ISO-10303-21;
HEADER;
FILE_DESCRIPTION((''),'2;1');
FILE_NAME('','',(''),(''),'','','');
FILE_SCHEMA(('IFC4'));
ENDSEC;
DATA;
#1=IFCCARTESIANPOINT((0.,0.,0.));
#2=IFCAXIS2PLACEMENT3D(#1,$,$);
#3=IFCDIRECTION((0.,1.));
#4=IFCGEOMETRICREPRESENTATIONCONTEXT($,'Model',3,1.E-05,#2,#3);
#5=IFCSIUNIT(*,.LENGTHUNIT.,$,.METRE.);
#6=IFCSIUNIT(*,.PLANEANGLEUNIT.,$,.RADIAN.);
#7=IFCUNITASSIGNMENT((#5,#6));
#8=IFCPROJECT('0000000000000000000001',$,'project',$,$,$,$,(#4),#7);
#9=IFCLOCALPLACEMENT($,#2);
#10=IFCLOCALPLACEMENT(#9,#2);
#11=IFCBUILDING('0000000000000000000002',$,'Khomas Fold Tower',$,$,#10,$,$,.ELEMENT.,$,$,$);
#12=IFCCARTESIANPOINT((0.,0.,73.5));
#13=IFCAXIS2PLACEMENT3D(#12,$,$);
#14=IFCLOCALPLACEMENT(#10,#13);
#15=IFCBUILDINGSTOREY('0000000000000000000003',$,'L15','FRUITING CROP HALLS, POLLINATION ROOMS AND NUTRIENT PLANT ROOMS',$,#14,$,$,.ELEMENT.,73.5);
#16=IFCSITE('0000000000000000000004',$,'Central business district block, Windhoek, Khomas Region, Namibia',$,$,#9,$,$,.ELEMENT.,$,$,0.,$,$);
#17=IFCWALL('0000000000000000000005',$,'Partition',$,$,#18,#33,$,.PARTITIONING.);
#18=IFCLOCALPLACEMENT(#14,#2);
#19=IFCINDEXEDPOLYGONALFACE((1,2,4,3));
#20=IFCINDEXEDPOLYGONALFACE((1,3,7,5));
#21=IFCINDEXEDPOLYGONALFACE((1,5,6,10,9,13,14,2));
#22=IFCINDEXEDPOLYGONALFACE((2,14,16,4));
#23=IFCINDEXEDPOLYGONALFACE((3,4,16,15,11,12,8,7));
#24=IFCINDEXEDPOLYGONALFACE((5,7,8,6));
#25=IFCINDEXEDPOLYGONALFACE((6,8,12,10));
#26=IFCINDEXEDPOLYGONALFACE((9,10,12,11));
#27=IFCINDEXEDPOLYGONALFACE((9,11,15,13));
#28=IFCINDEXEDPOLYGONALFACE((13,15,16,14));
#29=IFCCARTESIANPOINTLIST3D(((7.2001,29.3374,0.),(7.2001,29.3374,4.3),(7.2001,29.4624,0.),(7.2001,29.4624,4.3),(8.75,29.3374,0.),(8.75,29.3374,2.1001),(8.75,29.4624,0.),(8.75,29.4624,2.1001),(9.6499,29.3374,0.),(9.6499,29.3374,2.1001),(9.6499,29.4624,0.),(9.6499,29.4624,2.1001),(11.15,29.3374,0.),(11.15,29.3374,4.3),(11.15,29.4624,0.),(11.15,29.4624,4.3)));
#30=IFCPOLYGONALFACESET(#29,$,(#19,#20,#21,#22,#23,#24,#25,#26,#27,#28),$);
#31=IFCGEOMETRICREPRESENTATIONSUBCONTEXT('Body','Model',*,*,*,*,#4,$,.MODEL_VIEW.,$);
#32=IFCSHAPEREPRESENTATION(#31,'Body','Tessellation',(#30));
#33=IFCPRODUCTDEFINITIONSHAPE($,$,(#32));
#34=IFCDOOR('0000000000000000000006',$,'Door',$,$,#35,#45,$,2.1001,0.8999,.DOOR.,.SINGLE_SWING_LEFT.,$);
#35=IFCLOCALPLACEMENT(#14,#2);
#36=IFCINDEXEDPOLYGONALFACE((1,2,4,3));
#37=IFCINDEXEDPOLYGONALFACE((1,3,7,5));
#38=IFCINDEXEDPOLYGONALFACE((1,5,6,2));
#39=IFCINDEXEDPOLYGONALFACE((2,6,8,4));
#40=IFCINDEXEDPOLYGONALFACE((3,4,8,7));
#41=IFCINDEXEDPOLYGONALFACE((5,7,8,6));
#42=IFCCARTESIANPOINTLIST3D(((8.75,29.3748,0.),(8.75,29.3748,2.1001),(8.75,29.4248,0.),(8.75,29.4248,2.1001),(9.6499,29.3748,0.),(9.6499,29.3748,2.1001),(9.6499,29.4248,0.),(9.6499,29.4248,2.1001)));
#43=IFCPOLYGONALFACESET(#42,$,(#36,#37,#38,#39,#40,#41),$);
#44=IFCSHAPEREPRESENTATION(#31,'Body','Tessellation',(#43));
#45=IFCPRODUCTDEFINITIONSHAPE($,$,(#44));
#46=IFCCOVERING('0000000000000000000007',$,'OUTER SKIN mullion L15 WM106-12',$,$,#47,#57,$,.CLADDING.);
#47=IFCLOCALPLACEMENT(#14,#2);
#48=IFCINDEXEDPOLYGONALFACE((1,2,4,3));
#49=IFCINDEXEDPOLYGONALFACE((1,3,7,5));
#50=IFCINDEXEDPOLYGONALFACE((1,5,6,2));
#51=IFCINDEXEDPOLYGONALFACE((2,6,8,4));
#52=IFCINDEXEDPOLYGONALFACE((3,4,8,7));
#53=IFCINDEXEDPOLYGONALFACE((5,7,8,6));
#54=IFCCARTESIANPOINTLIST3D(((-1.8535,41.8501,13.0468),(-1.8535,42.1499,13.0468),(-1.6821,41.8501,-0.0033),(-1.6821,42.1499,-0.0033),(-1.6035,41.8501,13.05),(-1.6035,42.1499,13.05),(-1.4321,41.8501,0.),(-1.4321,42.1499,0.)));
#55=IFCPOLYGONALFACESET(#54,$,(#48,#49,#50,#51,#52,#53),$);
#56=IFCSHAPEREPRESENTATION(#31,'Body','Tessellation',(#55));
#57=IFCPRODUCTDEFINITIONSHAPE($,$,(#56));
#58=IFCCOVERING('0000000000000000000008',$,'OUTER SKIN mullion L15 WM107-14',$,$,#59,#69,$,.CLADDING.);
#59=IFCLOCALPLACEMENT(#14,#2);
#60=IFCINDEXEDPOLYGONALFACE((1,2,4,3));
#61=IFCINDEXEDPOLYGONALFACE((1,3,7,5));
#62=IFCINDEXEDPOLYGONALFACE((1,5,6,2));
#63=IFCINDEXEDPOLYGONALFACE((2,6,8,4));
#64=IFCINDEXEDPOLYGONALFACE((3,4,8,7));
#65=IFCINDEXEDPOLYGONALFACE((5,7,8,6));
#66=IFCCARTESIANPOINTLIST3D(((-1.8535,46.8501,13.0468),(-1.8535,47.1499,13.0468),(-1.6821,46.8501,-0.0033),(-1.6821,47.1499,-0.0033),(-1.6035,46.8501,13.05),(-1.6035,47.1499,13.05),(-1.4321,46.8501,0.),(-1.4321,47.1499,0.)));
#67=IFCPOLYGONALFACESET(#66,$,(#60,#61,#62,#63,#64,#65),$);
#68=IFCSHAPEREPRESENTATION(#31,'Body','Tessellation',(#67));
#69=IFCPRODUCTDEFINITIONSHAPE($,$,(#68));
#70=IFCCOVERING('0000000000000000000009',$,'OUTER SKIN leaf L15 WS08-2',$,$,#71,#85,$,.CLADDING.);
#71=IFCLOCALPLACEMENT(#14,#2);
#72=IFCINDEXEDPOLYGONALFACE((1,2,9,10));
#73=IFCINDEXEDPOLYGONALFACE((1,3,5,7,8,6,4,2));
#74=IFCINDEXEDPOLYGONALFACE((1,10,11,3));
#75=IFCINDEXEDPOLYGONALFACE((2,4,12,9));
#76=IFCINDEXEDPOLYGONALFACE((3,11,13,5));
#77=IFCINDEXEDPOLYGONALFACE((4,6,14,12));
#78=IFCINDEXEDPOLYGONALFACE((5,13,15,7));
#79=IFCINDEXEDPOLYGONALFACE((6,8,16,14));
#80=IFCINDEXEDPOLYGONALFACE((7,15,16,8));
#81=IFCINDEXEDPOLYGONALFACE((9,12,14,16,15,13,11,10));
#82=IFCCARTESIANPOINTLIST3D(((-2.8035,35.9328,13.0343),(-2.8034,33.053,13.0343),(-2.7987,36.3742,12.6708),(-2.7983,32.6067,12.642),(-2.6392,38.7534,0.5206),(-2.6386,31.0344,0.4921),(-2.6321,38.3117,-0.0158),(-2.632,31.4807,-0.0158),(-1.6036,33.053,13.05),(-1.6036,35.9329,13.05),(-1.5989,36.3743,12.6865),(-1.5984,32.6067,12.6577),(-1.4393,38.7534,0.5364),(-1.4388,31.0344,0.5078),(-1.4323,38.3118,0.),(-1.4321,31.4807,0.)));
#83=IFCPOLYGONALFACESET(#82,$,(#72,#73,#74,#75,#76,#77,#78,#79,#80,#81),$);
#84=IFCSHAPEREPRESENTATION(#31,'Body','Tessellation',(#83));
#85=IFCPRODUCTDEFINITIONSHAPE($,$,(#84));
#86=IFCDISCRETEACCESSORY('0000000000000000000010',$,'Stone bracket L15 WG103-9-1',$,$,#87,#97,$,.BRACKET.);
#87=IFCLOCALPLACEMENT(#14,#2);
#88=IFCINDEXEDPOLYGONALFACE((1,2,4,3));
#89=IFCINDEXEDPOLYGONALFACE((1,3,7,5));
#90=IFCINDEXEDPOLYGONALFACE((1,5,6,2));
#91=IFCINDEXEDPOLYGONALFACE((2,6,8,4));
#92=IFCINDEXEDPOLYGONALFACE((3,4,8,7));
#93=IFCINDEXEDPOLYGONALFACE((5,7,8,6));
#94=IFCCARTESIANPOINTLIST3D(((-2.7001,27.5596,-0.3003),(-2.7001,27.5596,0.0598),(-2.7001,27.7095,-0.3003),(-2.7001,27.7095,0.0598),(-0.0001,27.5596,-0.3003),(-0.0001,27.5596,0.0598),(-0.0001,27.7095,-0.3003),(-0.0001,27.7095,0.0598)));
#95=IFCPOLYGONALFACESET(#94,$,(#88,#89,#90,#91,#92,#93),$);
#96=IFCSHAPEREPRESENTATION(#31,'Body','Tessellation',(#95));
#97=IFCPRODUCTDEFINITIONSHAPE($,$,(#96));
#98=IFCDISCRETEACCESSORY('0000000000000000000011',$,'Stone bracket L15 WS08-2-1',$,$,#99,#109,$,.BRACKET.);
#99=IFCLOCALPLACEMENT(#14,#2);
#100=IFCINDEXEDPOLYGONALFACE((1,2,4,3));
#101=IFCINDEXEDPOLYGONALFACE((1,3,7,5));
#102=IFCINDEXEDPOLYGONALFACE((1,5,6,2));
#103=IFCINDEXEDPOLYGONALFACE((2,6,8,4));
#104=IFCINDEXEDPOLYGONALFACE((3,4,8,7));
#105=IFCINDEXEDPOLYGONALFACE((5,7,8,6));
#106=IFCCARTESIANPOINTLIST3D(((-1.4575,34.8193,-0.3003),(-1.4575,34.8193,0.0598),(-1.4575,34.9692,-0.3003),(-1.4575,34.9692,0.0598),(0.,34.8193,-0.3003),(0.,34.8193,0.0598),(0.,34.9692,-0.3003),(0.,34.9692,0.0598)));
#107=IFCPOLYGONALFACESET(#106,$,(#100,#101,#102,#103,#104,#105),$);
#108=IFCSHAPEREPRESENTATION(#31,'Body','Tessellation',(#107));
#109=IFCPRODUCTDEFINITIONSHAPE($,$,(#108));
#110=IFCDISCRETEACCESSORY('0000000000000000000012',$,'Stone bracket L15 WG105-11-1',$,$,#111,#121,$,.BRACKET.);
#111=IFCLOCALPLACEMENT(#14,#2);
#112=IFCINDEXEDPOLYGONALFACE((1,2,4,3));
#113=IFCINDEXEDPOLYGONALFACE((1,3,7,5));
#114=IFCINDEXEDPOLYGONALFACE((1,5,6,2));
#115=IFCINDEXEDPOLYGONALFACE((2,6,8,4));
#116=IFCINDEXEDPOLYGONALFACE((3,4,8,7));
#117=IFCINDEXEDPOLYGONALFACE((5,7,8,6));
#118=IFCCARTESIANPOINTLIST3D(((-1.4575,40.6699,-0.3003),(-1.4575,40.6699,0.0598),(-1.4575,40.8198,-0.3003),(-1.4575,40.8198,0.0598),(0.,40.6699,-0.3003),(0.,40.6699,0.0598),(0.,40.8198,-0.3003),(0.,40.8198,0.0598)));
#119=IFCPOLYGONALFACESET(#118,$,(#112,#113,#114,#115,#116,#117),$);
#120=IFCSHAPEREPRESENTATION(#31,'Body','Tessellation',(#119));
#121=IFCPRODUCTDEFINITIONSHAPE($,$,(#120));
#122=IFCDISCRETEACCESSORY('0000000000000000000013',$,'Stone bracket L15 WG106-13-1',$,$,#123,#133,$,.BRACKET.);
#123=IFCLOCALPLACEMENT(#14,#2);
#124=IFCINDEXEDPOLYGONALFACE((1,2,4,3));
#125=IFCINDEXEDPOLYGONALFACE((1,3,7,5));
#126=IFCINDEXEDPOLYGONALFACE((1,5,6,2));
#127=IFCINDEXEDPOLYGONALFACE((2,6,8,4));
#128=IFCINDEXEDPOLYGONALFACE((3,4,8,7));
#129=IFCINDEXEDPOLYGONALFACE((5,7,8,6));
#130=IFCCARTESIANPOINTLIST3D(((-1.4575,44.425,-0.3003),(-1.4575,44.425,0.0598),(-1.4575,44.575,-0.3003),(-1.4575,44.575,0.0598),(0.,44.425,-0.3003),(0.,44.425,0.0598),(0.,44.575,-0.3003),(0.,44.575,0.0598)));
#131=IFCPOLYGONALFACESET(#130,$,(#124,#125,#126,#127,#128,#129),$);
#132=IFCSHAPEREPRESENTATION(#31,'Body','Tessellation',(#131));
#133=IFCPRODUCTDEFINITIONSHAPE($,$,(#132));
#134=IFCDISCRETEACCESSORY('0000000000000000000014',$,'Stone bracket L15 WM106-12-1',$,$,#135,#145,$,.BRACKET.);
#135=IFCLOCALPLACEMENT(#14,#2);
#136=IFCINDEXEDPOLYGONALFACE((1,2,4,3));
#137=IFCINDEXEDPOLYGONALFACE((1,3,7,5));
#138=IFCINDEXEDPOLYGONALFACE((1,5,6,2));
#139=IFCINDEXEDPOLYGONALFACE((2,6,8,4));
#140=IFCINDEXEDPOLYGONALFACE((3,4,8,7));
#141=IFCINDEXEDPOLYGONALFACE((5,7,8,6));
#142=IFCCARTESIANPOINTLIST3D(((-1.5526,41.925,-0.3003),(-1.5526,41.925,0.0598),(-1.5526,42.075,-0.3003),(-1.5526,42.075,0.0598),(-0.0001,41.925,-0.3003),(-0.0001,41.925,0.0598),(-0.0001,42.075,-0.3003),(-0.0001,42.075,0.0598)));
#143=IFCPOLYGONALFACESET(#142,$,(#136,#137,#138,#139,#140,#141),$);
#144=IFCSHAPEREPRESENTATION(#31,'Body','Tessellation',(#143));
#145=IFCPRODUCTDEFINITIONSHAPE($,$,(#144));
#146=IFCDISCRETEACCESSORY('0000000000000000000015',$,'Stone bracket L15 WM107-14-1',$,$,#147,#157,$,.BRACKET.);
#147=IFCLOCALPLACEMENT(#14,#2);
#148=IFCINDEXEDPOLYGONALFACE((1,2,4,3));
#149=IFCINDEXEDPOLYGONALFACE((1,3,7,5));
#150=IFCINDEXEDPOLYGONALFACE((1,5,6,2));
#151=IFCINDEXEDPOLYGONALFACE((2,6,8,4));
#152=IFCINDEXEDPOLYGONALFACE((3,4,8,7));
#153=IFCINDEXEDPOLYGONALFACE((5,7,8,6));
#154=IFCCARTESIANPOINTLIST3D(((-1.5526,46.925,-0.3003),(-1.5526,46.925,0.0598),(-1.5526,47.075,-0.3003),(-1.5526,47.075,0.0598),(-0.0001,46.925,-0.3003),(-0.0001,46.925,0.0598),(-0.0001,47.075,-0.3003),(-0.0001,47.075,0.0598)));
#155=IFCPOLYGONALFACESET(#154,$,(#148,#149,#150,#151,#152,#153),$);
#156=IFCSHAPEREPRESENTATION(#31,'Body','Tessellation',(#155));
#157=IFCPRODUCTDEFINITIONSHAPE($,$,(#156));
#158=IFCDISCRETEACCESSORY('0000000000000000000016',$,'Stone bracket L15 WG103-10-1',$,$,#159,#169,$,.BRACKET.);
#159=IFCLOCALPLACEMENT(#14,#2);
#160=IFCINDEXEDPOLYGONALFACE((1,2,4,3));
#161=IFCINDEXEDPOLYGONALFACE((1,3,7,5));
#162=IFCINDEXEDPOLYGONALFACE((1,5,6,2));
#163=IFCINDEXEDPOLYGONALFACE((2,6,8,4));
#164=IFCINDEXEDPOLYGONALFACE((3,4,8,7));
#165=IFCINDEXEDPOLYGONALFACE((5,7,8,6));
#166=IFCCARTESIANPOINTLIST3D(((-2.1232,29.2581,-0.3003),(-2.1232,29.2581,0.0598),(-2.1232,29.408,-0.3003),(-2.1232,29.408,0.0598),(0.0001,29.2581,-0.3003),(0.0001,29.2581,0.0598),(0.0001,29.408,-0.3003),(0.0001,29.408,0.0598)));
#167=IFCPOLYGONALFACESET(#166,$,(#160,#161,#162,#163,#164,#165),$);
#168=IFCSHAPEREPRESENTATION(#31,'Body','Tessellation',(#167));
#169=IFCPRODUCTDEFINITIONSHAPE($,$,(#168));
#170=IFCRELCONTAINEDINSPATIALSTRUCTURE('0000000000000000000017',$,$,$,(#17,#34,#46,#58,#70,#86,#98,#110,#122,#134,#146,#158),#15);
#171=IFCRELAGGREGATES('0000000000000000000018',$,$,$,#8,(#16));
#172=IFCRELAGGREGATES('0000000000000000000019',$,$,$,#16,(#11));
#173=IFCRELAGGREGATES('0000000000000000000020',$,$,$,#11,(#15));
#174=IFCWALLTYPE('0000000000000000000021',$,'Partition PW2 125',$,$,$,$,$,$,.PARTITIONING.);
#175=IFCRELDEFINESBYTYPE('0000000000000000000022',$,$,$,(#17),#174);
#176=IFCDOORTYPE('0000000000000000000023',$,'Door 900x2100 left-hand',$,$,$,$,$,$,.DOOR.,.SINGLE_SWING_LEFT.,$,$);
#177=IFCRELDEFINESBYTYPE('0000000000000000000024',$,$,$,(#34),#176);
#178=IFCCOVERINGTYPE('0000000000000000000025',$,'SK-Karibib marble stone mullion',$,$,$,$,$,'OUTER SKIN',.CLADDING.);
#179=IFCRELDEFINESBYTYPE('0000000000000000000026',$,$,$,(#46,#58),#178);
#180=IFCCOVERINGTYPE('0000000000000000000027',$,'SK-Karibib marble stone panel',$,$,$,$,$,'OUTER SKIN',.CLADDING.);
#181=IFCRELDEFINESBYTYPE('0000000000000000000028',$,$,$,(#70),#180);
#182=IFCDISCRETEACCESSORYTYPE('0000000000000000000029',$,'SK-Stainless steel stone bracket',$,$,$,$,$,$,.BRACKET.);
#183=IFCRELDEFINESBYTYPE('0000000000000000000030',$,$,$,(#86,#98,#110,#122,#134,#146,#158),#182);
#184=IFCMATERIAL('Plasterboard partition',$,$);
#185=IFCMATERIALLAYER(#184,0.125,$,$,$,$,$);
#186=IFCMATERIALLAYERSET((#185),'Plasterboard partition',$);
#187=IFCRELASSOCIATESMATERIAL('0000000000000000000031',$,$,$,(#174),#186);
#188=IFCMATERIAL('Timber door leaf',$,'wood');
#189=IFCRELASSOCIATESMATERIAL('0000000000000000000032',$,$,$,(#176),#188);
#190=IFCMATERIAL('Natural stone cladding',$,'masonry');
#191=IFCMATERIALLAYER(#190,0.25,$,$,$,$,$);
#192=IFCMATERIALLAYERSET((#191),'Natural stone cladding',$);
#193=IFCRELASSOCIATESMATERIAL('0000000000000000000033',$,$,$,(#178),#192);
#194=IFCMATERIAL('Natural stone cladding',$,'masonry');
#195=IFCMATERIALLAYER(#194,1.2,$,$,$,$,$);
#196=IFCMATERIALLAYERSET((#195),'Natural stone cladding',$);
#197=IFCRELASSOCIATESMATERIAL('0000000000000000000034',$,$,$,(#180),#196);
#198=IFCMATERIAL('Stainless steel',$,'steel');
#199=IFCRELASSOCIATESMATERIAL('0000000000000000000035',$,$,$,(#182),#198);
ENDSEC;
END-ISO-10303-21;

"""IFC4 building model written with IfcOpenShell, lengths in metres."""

from ifc_helpers import new_model, si_unit, direction, frame, frame_2d, origin, origin_2d, place, context, subcontext, project, spatial, polyline, rectangle, outline, extrude, source, transform, mapped, material, layer, layer_set, type_object, element, fill, save


model = new_model("IFC4")

# Units and contexts
model_context = context("Model", 3, precision=1e-05, world=origin(), true_north=direction((0.0, 1.0)))
body_context = subcontext(model_context, "Body", "Model", "MODEL_VIEW")
ifc_project = project(units=[si_unit("LENGTHUNIT", "METRE"), si_unit("PLANEANGLEUNIT", "RADIAN")], contexts=[model_context])

# Site, building, storey
site_placement = place(None, origin())
site = spatial("IfcSite", under=ifc_project, at=site_placement, Name="Central business district block, Windhoek, Khomas Region, Namibia", CompositionType="ELEMENT", RefElevation=0.0)
building_placement = place(site_placement, origin())
building = spatial("IfcBuilding", under=site, at=building_placement, Name="Khomas Fold Tower", CompositionType="ELEMENT")
storey_placement = place(building_placement, frame((0.0, 0.0, 73.5)))
storey = spatial("IfcBuildingStorey", under=building, at=storey_placement, Name="L15", Description="FRUITING CROP HALLS, POLLINATION ROOMS AND NUTRIENT PLANT ROOMS", CompositionType="ELEMENT", Elevation=73.5)

# Shared definitions
ifc_material_1 = material(Name="Plasterboard partition")
ifc_layer_1 = layer(ifc_material_1, 0.125)
ifc_layer_set_1 = layer_set([ifc_layer_1], Name="Plasterboard partition")
wall_type_1 = type_object("IfcWallType", Name="Partition PW2 125", PredefinedType="PARTITIONING", material=ifc_layer_set_1)

# Wall, opening, door
shared_shape_1 = source(origin(), body_context, "Body", "SweptSolid", [
    extrude(rectangle(XDim=0.8999, YDim=2.1001, at=frame_2d((0.45, 1.05))), frame((0.0, 0.0725, 0.0), z_axis=(0.0, -1.0, 0.0), x_axis=(1.0, 0.0, 0.0)), (0.0, 0.0, 1.0), 0.145),
])
shared_shape_2 = source(origin(), body_context, "Body", "SweptSolid", [
    extrude(rectangle(XDim=0.8999, YDim=2.1001, at=frame_2d((0.45, 1.05))), frame((0.0, 0.0249, 0.0), z_axis=(0.0, -1.0, 0.0), x_axis=(1.0, 0.0, 0.0)), (0.0, 0.0, 1.0), 0.05),
])
shared_shape_3 = source(origin(), body_context, "Body", "SweptSolid", [
    extrude(rectangle(XDim=3.95, YDim=0.125, at=frame_2d((1.9751, 0.0))), origin(), (0.0, 0.0, 1.0), 4.3),
])
wall_1_placement = place(storey_placement, frame((7.2, 29.3999, 0.0), z_axis=(0.0, 0.0, 1.0), x_axis=(1.0, 0.0, 0.0)))
wall_1 = element("IfcWall", 1, at=wall_1_placement, inside=storey, type_object=wall_type_1, Name="Partition", PredefinedType="PARTITIONING", context=body_context, shape_type="MappedRepresentation", body=[
    mapped(shared_shape_3, transform((0.0, 0.0, 0.0))),
])
opening_1_placement = place(wall_1_placement, frame((1.55, 0.0, 0.0)))
opening_1 = element("IfcOpeningElement", 2, at=opening_1_placement, cuts=wall_1, PredefinedType="OPENING", context=body_context, shape_type="MappedRepresentation", body=[
    mapped(shared_shape_1, transform((0.0, 0.0, 0.0))),
])
ifc_material_2 = material(Name="Timber door leaf", Category="wood")
door_type_1 = type_object("IfcDoorType", Name="Door 900x2100 left-hand", OperationType="SINGLE_SWING_LEFT", PredefinedType="DOOR", material=ifc_material_2)
door_1_placement = place(opening_1_placement, origin())
door_1 = element("IfcDoor", 3, at=door_1_placement, inside=storey, type_object=door_type_1, Name="Door", OperationType="SINGLE_SWING_LEFT", OverallHeight=2.1001, OverallWidth=0.8999, PredefinedType="DOOR", context=body_context, shape_type="MappedRepresentation", body=[
    mapped(shared_shape_2, transform((0.0, 0.0, 0.0))),
])
fill(opening_1, door_1)

# Coverings
ifc_material_3 = material(Name="Natural stone cladding", Category="masonry")
ifc_layer_2 = layer(ifc_material_3, 0.25)
ifc_layer_set_2 = layer_set([ifc_layer_2], Name="Natural stone cladding")
covering_type_1 = type_object("IfcCoveringType", Name="SK-Karibib marble stone mullion", ElementType="OUTER SKIN", PredefinedType="CLADDING", material=ifc_layer_set_2)
for number, where, z_axis, x_axis, name in (
    (4, (-1.4321, 41.8501, 0.0), (0.999914, 0.0, 0.013132), (-0.013132, 0.0, 0.999914), "OUTER SKIN mullion L15 WM106-12"),
    (5, (-1.4321, 46.8501, 0.0), (0.999914, 0.0, 0.013132), (-0.013132, 0.0, 0.999914), "OUTER SKIN mullion L15 WM107-14"),
):
    element("IfcCovering", number, at=place(storey_placement, frame(where, z_axis=z_axis, x_axis=x_axis)), inside=storey, type_object=covering_type_1, Name=name, PredefinedType="CLADDING", context=body_context, shape_type="SweptSolid", body=[
        extrude(outline(polyline([(0.0, 0.0), (13.0512, 0.0), (13.0512, -0.2998), (0.0, -0.2998), (0.0, 0.0)])), origin(), (0.0, 0.0, -1.0), 0.25),
    ])
ifc_material_4 = material(Name="Natural stone cladding", Category="masonry")
ifc_layer_3 = layer(ifc_material_4, 1.2)
ifc_layer_set_3 = layer_set([ifc_layer_3], Name="Natural stone cladding")
covering_type_2 = type_object("IfcCoveringType", Name="SK-Karibib marble stone panel", ElementType="OUTER SKIN", PredefinedType="CLADDING", material=ifc_layer_set_3)
covering_placement = place(storey_placement, frame((-1.5989, 36.3743, 12.6865), z_axis=(0.999914, 0.000019, 0.013135), x_axis=(0.012886, 0.192147, -0.981282)))
element("IfcCovering", 6, at=covering_placement, inside=storey, type_object=covering_type_2, Name="OUTER SKIN leaf L15 WS08-2", PredefinedType="CLADDING", context=body_context, shape_type="SweptSolid", body=[
    extrude(outline(polyline([(0.0, 0.0), (12.3819, 0.0), (12.8235, -0.5365), (11.5109, -7.2403), (10.9268, -7.5806), (-0.6957, -3.7029), (-0.995, -3.1895), (-0.4416, -0.3633), (0.0, 0.0)])), origin(), (0.0, 0.0, -1.0), 1.2),
])

# Discrete accessories
ifc_material_5 = material(Name="Stainless steel", Category="steel")
discrete_accessory_type = type_object("IfcDiscreteAccessoryType", Name="SK-Stainless steel stone bracket", PredefinedType="BRACKET", material=ifc_material_5)
shared_shape_4 = source(origin(), body_context, "Body", "SweptSolid", [
    extrude(rectangle(XDim=2.7, YDim=0.1499, at=origin_2d()), origin(), (0.0, 0.0, 1.0), 0.3601),
])
discrete_accessory_1_placement = place(storey_placement, frame((-1.3501, 27.6345, -0.3003), z_axis=(0.0, 0.0, 1.0), x_axis=(-1.0, 0.0, 0.0)))
element("IfcDiscreteAccessory", 7, at=discrete_accessory_1_placement, inside=storey, type_object=discrete_accessory_type, Name="Stone bracket L15 WG103-9-1", PredefinedType="BRACKET", context=body_context, shape_type="MappedRepresentation", body=[
    mapped(shared_shape_4, transform((0.0, 0.0, 0.0))),
])
shared_shape_5 = source(origin(), body_context, "Body", "SweptSolid", [
    extrude(rectangle(XDim=1.4575, YDim=0.1499, at=origin_2d()), origin(), (0.0, 0.0, 1.0), 0.3601),
])
for number, where, z_axis, x_axis, name in (
    (8, (-0.7288, 34.8943, -0.3003), (0.0, 0.0, 1.0), (-1.0, 0.0, 0.0), "Stone bracket L15 WS08-2-1"),
    (9, (-0.7288, 40.7449, -0.3003), (0.0, 0.0, 1.0), (-1.0, 0.0, 0.0), "Stone bracket L15 WG105-11-1"),
    (10, (-0.7288, 44.5, -0.3003), (0.0, 0.0, 1.0), (-1.0, 0.0, 0.0), "Stone bracket L15 WG106-13-1"),
):
    element("IfcDiscreteAccessory", number, at=place(storey_placement, frame(where, z_axis=z_axis, x_axis=x_axis)), inside=storey, type_object=discrete_accessory_type, Name=name, PredefinedType="BRACKET", context=body_context, shape_type="MappedRepresentation", body=[
        mapped(shared_shape_5, transform((0.0, 0.0, 0.0))),
    ])
shared_shape_6 = source(origin(), body_context, "Body", "SweptSolid", [
    extrude(rectangle(XDim=1.5525, YDim=0.1499, at=origin_2d()), origin(), (0.0, 0.0, 1.0), 0.3601),
])
for number, where, z_axis, x_axis, name in (
    (11, (-0.7764, 42.0, -0.3003), (0.0, 0.0, 1.0), (-1.0, 0.0, 0.0), "Stone bracket L15 WM106-12-1"),
    (12, (-0.7764, 47.0, -0.3003), (0.0, 0.0, 1.0), (-1.0, 0.0, 0.0), "Stone bracket L15 WM107-14-1"),
):
    element("IfcDiscreteAccessory", number, at=place(storey_placement, frame(where, z_axis=z_axis, x_axis=x_axis)), inside=storey, type_object=discrete_accessory_type, Name=name, PredefinedType="BRACKET", context=body_context, shape_type="MappedRepresentation", body=[
        mapped(shared_shape_6, transform((0.0, 0.0, 0.0))),
    ])
shared_shape_7 = source(origin(), body_context, "Body", "SweptSolid", [
    extrude(rectangle(XDim=2.1233, YDim=0.1499, at=origin_2d()), origin(), (0.0, 0.0, 1.0), 0.3601),
])
discrete_accessory_2_placement = place(storey_placement, frame((-1.0615, 29.333, -0.3003), z_axis=(0.0, 0.0, 1.0), x_axis=(-1.0, 0.0, 0.0)))
element("IfcDiscreteAccessory", 13, at=discrete_accessory_2_placement, inside=storey, type_object=discrete_accessory_type, Name="Stone bracket L15 WG103-10-1", PredefinedType="BRACKET", context=body_context, shape_type="MappedRepresentation", body=[
    mapped(shared_shape_7, transform((0.0, 0.0, 0.0))),
])

save(model, "model.ifc")
